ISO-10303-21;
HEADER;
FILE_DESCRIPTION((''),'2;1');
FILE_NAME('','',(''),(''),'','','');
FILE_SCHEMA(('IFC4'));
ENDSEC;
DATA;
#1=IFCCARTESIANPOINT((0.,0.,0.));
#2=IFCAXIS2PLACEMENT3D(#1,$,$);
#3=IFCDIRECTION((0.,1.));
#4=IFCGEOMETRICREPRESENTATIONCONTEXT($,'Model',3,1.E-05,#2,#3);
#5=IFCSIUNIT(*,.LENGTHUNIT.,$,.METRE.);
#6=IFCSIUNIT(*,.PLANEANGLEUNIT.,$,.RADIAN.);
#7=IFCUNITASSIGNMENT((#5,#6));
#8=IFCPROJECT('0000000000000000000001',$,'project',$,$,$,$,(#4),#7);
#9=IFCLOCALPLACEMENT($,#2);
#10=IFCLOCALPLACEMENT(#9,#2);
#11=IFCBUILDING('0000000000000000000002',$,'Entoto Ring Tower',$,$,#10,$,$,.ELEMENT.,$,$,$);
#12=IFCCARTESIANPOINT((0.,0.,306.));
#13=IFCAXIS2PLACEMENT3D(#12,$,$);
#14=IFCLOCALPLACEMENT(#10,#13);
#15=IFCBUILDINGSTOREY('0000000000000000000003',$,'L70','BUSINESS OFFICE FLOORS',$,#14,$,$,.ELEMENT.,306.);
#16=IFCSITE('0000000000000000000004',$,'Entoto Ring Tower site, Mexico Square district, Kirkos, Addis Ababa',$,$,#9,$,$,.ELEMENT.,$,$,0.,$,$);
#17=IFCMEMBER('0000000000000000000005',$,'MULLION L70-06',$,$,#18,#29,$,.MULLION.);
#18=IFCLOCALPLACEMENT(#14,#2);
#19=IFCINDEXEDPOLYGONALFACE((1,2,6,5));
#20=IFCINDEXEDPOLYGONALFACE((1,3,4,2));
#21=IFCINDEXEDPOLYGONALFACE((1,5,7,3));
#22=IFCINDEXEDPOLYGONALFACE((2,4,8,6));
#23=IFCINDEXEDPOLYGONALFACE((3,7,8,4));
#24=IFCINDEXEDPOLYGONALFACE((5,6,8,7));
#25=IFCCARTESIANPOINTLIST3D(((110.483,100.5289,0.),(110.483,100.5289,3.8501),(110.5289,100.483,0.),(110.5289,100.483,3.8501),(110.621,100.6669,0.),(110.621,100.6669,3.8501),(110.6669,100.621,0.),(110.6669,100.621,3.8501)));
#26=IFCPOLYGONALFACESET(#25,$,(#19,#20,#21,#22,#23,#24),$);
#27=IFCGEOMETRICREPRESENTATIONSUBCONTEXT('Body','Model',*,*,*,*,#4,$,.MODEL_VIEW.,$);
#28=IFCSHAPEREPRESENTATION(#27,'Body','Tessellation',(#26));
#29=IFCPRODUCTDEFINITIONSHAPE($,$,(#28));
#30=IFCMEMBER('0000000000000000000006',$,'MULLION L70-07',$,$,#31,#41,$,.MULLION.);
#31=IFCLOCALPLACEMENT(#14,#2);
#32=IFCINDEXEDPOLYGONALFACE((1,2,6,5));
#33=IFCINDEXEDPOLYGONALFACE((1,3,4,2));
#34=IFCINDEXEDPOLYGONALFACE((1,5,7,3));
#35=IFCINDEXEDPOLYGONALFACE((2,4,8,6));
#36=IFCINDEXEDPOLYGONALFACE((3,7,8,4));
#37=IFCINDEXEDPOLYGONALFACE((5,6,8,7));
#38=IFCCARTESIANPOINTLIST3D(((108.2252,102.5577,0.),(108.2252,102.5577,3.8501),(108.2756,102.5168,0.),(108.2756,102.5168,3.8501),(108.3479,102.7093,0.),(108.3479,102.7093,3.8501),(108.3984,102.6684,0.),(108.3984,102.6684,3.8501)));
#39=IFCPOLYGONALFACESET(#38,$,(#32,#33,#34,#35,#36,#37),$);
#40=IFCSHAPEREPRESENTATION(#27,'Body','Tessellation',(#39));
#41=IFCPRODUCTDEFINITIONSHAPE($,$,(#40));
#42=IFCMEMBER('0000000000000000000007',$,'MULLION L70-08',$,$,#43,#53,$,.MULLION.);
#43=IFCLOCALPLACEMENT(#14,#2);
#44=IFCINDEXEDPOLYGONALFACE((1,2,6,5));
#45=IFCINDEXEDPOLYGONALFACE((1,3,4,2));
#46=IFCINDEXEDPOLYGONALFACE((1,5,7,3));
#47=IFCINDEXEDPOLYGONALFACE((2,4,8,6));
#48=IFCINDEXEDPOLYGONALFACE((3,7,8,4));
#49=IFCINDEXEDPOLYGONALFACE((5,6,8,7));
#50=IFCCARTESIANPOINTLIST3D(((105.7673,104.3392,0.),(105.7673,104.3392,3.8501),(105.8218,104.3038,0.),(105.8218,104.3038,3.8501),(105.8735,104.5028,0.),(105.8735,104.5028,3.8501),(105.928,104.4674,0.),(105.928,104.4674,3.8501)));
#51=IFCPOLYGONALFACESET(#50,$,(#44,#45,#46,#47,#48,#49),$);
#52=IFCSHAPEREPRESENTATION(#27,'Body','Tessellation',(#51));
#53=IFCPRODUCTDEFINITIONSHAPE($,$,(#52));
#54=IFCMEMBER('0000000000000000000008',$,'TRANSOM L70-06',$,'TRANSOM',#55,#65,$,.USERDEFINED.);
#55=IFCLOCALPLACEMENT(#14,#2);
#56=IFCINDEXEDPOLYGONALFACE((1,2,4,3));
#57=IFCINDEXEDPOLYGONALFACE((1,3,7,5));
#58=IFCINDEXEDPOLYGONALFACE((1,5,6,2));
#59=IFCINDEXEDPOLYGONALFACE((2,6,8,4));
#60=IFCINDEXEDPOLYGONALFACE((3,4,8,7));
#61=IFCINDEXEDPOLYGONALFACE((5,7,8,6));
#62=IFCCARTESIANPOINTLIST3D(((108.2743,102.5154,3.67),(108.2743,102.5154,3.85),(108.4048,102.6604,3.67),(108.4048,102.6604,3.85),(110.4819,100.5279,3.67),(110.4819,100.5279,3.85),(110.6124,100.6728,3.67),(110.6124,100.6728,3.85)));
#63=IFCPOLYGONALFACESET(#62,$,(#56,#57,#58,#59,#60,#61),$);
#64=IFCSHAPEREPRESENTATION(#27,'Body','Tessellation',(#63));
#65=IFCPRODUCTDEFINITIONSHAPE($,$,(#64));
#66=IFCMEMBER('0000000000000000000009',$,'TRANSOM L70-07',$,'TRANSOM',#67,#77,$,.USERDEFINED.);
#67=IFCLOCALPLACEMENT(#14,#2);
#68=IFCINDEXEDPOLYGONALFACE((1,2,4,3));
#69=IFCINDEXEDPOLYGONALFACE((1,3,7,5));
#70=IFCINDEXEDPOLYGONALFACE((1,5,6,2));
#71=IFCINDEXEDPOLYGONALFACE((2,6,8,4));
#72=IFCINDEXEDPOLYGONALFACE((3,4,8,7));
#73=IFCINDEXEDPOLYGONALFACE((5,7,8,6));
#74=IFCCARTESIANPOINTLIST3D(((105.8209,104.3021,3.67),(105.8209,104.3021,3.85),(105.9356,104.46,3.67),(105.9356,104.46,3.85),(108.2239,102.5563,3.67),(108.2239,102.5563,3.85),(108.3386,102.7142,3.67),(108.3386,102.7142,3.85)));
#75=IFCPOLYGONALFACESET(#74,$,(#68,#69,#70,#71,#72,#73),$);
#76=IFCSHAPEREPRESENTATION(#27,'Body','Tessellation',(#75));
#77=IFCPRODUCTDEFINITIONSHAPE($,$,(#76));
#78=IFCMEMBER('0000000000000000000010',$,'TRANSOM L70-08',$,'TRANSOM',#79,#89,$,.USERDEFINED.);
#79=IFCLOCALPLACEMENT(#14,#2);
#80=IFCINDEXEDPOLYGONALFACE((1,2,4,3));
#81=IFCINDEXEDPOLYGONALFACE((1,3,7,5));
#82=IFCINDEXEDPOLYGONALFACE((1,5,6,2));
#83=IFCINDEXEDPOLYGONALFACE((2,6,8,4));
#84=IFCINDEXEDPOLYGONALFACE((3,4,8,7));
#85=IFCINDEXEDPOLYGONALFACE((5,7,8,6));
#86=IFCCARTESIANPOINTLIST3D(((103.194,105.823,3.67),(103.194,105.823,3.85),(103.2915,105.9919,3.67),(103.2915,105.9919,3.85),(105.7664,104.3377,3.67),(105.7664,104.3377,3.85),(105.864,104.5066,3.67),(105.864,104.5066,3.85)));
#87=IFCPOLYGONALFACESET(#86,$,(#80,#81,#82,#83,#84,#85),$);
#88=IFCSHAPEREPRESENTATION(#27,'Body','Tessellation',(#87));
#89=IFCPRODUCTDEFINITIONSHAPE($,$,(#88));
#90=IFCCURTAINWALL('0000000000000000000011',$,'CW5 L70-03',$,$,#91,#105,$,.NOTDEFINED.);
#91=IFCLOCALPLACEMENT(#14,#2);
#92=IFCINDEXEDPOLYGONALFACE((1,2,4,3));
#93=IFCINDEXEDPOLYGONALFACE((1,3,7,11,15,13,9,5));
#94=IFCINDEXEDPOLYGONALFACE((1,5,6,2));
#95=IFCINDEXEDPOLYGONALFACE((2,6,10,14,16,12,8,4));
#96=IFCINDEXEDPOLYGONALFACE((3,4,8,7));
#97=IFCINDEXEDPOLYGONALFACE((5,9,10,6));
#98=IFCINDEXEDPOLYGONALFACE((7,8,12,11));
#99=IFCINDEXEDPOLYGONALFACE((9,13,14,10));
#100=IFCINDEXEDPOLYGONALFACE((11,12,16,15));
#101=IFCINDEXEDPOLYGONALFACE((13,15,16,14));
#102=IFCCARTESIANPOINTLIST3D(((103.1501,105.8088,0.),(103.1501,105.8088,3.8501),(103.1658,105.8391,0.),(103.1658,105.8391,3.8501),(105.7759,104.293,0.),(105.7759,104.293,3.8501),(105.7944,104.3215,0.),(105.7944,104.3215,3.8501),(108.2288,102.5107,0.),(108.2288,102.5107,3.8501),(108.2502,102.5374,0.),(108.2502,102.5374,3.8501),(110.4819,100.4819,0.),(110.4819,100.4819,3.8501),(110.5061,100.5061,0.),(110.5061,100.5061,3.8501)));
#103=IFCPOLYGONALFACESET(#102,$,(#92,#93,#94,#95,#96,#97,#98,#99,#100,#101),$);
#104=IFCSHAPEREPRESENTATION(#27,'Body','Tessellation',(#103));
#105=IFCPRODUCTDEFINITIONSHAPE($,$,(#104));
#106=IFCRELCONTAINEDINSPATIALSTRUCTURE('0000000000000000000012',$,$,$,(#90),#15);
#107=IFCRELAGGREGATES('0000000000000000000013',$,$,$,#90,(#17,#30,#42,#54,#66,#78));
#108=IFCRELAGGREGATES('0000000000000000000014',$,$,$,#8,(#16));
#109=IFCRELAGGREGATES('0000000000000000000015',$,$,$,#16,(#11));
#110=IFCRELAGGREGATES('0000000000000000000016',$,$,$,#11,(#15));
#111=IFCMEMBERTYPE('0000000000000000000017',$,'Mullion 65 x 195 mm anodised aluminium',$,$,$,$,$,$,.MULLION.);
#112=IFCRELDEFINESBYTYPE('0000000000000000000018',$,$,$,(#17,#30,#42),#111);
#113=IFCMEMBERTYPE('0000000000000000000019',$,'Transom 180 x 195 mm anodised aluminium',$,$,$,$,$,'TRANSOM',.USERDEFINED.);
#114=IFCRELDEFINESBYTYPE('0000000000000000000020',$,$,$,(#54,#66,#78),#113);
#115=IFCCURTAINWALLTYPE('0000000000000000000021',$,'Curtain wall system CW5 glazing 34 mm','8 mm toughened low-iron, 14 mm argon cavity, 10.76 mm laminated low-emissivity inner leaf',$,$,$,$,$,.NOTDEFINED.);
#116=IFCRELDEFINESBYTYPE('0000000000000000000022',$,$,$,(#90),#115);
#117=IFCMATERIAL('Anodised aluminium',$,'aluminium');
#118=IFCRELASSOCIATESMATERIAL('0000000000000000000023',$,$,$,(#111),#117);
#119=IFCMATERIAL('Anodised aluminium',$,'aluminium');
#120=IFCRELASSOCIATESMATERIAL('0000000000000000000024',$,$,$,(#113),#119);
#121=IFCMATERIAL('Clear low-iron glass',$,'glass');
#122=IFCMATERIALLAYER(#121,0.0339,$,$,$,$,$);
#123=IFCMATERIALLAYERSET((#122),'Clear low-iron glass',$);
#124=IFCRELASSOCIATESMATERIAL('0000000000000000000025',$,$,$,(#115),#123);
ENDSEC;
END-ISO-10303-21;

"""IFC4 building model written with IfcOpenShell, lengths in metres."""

from ifc_helpers import new_model, si_unit, direction, frame, origin, origin_2d, place, context, subcontext, project, spatial, polyline, rectangle, outline, extrude, material, layer, layer_set, material_profile, profile_set, type_object, element, aggregate, save


model = new_model("IFC4")

# Units and contexts
model_context = context("Model", 3, precision=1e-05, world=origin(), true_north=direction((0.0, 1.0)))
body_context = subcontext(model_context, "Body", "Model", "MODEL_VIEW")
ifc_project = project(units=[si_unit("LENGTHUNIT", "METRE"), si_unit("PLANEANGLEUNIT", "RADIAN")], contexts=[model_context])

# Members
ifc_material_1 = material(Name="Anodised aluminium", Category="aluminium")
ifc_material_profile_1 = material_profile(ifc_material_1, rectangle(XDim=0.0649, YDim=0.1951, at=origin_2d()), Name="Mullion 65 x 195 mm anodised aluminium")
ifc_profile_set_1 = profile_set([ifc_material_profile_1], Name="Anodised aluminium")
member_type_1 = type_object("IfcMemberType", Name="Mullion 65 x 195 mm anodised aluminium", PredefinedType="MULLION", material=ifc_profile_set_1)
site_placement = place(None, origin())
building_placement = place(site_placement, origin())
storey_placement = place(building_placement, frame((0.0, 0.0, 306.0)))
member_1_placement = place(storey_placement, frame((110.575, 100.575, 0.0), z_axis=(0.0, 0.0, 1.0), x_axis=(-0.707107, 0.707107, 0.0)))
member_1 = element("IfcMember", 1, at=member_1_placement, type_object=member_type_1, Name="MULLION L70-06", PredefinedType="MULLION", context=body_context, shape_type="SweptSolid", body=[
    extrude(rectangle(XDim=0.0649, YDim=0.1951, at=origin_2d()), origin(), (0.0, 0.0, 1.0), 3.8501),
])
member_2_placement = place(storey_placement, frame((108.3118, 102.613, 0.0), z_axis=(0.0, 0.0, 1.0), x_axis=(-0.777146, 0.62932, 0.0)))
member_2 = element("IfcMember", 2, at=member_2_placement, type_object=member_type_1, Name="MULLION L70-07", PredefinedType="MULLION", context=body_context, shape_type="SweptSolid", body=[
    extrude(rectangle(XDim=0.0649, YDim=0.1951, at=origin_2d()), origin(), (0.0, 0.0, 1.0), 3.8501),
])
member_3_placement = place(storey_placement, frame((105.8477, 104.4033, 0.0), z_axis=(0.0, 0.0, 1.0), x_axis=(-0.838671, 0.544639, 0.0)))
member_3 = element("IfcMember", 3, at=member_3_placement, type_object=member_type_1, Name="MULLION L70-08", PredefinedType="MULLION", context=body_context, shape_type="SweptSolid", body=[
    extrude(rectangle(XDim=0.0649, YDim=0.1951, at=origin_2d()), origin(), (0.0, 0.0, 1.0), 3.8501),
])
ifc_material_2 = material(Name="Anodised aluminium", Category="aluminium")
ifc_material_profile_2 = material_profile(ifc_material_2, rectangle(XDim=0.1951, YDim=0.1799, at=origin_2d()), Name="Transom 180 x 195 mm anodised aluminium")
ifc_profile_set_2 = profile_set([ifc_material_profile_2], Name="Anodised aluminium")
member_type_2 = type_object("IfcMemberType", Name="Transom 180 x 195 mm anodised aluminium", ElementType="TRANSOM", PredefinedType="USERDEFINED", material=ifc_profile_set_2)
member_4_placement = place(storey_placement, frame((110.5471, 100.6003, 3.76), z_axis=(-0.743163, 0.66911, 0.0), x_axis=(-0.66911, -0.743163, 0.0)))
member_4 = element("IfcMember", 4, at=member_4_placement, type_object=member_type_2, Name="TRANSOM L70-06", ObjectType="TRANSOM", PredefinedType="USERDEFINED", context=body_context, shape_type="SweptSolid", body=[
    extrude(rectangle(XDim=0.1951, YDim=0.1799, at=origin_2d()), origin(), (0.0, 0.0, 1.0), 2.9705),
])
member_5_placement = place(storey_placement, frame((108.2812, 102.6353, 3.76), z_axis=(-0.809031, 0.587766, 0.0), x_axis=(-0.587766, -0.809031, 0.0)))
member_5 = element("IfcMember", 5, at=member_5_placement, type_object=member_type_2, Name="TRANSOM L70-07", ObjectType="TRANSOM", PredefinedType="USERDEFINED", context=body_context, shape_type="SweptSolid", body=[
    extrude(rectangle(XDim=0.1951, YDim=0.1799, at=origin_2d()), origin(), (0.0, 0.0, 1.0), 2.9702),
])
member_6_placement = place(storey_placement, frame((105.8152, 104.4221, 3.76), z_axis=(-0.866009, 0.500028, 0.0), x_axis=(-0.500028, -0.866009, 0.0)))
member_6 = element("IfcMember", 6, at=member_6_placement, type_object=member_type_2, Name="TRANSOM L70-08", ObjectType="TRANSOM", PredefinedType="USERDEFINED", context=body_context, shape_type="SweptSolid", body=[
    extrude(rectangle(XDim=0.1951, YDim=0.1799, at=origin_2d()), origin(), (0.0, 0.0, 1.0), 2.9705),
])

# Site, building, storey
site = spatial("IfcSite", under=ifc_project, at=site_placement, Name="Entoto Ring Tower site, Mexico Square district, Kirkos, Addis Ababa", CompositionType="ELEMENT", RefElevation=0.0)
building = spatial("IfcBuilding", under=site, at=building_placement, Name="Entoto Ring Tower", CompositionType="ELEMENT")
storey = spatial("IfcBuildingStorey", under=building, at=storey_placement, Name="L70", Description="BUSINESS OFFICE FLOORS", CompositionType="ELEMENT", Elevation=306.0)

# Curtain wall
ifc_material_3 = material(Name="Clear low-iron glass", Category="glass")
ifc_layer = layer(ifc_material_3, 0.0339)
ifc_layer_set = layer_set([ifc_layer], Name="Clear low-iron glass")
curtain_wall_type = type_object("IfcCurtainWallType", Name="Curtain wall system CW5 glazing 34 mm", Description="8 mm toughened low-iron, 14 mm argon cavity, 10.76 mm laminated low-emissivity inner leaf", PredefinedType="NOTDEFINED", material=ifc_layer_set)
curtain_wall_1_placement = place(storey_placement, origin())
curtain_wall_1 = element("IfcCurtainWall", 7, at=curtain_wall_1_placement, inside=storey, type_object=curtain_wall_type, Name="CW5 L70-03", PredefinedType="NOTDEFINED", context=body_context, shape_type="SweptSolid", body=[
    extrude(outline(polyline([(110.5061, 100.5061), (108.2502, 102.5374), (105.7944, 104.3215), (103.1658, 105.8391), (103.1501, 105.8088), (105.7759, 104.293), (108.2288, 102.5107), (110.4819, 100.4819), (110.5061, 100.5061)])), origin(), (0.0, 0.0, 1.0), 3.8501),
])
aggregate(curtain_wall_1, [member_1, member_2, member_3, member_4, member_5, member_6])

save(model, "model.ifc")
